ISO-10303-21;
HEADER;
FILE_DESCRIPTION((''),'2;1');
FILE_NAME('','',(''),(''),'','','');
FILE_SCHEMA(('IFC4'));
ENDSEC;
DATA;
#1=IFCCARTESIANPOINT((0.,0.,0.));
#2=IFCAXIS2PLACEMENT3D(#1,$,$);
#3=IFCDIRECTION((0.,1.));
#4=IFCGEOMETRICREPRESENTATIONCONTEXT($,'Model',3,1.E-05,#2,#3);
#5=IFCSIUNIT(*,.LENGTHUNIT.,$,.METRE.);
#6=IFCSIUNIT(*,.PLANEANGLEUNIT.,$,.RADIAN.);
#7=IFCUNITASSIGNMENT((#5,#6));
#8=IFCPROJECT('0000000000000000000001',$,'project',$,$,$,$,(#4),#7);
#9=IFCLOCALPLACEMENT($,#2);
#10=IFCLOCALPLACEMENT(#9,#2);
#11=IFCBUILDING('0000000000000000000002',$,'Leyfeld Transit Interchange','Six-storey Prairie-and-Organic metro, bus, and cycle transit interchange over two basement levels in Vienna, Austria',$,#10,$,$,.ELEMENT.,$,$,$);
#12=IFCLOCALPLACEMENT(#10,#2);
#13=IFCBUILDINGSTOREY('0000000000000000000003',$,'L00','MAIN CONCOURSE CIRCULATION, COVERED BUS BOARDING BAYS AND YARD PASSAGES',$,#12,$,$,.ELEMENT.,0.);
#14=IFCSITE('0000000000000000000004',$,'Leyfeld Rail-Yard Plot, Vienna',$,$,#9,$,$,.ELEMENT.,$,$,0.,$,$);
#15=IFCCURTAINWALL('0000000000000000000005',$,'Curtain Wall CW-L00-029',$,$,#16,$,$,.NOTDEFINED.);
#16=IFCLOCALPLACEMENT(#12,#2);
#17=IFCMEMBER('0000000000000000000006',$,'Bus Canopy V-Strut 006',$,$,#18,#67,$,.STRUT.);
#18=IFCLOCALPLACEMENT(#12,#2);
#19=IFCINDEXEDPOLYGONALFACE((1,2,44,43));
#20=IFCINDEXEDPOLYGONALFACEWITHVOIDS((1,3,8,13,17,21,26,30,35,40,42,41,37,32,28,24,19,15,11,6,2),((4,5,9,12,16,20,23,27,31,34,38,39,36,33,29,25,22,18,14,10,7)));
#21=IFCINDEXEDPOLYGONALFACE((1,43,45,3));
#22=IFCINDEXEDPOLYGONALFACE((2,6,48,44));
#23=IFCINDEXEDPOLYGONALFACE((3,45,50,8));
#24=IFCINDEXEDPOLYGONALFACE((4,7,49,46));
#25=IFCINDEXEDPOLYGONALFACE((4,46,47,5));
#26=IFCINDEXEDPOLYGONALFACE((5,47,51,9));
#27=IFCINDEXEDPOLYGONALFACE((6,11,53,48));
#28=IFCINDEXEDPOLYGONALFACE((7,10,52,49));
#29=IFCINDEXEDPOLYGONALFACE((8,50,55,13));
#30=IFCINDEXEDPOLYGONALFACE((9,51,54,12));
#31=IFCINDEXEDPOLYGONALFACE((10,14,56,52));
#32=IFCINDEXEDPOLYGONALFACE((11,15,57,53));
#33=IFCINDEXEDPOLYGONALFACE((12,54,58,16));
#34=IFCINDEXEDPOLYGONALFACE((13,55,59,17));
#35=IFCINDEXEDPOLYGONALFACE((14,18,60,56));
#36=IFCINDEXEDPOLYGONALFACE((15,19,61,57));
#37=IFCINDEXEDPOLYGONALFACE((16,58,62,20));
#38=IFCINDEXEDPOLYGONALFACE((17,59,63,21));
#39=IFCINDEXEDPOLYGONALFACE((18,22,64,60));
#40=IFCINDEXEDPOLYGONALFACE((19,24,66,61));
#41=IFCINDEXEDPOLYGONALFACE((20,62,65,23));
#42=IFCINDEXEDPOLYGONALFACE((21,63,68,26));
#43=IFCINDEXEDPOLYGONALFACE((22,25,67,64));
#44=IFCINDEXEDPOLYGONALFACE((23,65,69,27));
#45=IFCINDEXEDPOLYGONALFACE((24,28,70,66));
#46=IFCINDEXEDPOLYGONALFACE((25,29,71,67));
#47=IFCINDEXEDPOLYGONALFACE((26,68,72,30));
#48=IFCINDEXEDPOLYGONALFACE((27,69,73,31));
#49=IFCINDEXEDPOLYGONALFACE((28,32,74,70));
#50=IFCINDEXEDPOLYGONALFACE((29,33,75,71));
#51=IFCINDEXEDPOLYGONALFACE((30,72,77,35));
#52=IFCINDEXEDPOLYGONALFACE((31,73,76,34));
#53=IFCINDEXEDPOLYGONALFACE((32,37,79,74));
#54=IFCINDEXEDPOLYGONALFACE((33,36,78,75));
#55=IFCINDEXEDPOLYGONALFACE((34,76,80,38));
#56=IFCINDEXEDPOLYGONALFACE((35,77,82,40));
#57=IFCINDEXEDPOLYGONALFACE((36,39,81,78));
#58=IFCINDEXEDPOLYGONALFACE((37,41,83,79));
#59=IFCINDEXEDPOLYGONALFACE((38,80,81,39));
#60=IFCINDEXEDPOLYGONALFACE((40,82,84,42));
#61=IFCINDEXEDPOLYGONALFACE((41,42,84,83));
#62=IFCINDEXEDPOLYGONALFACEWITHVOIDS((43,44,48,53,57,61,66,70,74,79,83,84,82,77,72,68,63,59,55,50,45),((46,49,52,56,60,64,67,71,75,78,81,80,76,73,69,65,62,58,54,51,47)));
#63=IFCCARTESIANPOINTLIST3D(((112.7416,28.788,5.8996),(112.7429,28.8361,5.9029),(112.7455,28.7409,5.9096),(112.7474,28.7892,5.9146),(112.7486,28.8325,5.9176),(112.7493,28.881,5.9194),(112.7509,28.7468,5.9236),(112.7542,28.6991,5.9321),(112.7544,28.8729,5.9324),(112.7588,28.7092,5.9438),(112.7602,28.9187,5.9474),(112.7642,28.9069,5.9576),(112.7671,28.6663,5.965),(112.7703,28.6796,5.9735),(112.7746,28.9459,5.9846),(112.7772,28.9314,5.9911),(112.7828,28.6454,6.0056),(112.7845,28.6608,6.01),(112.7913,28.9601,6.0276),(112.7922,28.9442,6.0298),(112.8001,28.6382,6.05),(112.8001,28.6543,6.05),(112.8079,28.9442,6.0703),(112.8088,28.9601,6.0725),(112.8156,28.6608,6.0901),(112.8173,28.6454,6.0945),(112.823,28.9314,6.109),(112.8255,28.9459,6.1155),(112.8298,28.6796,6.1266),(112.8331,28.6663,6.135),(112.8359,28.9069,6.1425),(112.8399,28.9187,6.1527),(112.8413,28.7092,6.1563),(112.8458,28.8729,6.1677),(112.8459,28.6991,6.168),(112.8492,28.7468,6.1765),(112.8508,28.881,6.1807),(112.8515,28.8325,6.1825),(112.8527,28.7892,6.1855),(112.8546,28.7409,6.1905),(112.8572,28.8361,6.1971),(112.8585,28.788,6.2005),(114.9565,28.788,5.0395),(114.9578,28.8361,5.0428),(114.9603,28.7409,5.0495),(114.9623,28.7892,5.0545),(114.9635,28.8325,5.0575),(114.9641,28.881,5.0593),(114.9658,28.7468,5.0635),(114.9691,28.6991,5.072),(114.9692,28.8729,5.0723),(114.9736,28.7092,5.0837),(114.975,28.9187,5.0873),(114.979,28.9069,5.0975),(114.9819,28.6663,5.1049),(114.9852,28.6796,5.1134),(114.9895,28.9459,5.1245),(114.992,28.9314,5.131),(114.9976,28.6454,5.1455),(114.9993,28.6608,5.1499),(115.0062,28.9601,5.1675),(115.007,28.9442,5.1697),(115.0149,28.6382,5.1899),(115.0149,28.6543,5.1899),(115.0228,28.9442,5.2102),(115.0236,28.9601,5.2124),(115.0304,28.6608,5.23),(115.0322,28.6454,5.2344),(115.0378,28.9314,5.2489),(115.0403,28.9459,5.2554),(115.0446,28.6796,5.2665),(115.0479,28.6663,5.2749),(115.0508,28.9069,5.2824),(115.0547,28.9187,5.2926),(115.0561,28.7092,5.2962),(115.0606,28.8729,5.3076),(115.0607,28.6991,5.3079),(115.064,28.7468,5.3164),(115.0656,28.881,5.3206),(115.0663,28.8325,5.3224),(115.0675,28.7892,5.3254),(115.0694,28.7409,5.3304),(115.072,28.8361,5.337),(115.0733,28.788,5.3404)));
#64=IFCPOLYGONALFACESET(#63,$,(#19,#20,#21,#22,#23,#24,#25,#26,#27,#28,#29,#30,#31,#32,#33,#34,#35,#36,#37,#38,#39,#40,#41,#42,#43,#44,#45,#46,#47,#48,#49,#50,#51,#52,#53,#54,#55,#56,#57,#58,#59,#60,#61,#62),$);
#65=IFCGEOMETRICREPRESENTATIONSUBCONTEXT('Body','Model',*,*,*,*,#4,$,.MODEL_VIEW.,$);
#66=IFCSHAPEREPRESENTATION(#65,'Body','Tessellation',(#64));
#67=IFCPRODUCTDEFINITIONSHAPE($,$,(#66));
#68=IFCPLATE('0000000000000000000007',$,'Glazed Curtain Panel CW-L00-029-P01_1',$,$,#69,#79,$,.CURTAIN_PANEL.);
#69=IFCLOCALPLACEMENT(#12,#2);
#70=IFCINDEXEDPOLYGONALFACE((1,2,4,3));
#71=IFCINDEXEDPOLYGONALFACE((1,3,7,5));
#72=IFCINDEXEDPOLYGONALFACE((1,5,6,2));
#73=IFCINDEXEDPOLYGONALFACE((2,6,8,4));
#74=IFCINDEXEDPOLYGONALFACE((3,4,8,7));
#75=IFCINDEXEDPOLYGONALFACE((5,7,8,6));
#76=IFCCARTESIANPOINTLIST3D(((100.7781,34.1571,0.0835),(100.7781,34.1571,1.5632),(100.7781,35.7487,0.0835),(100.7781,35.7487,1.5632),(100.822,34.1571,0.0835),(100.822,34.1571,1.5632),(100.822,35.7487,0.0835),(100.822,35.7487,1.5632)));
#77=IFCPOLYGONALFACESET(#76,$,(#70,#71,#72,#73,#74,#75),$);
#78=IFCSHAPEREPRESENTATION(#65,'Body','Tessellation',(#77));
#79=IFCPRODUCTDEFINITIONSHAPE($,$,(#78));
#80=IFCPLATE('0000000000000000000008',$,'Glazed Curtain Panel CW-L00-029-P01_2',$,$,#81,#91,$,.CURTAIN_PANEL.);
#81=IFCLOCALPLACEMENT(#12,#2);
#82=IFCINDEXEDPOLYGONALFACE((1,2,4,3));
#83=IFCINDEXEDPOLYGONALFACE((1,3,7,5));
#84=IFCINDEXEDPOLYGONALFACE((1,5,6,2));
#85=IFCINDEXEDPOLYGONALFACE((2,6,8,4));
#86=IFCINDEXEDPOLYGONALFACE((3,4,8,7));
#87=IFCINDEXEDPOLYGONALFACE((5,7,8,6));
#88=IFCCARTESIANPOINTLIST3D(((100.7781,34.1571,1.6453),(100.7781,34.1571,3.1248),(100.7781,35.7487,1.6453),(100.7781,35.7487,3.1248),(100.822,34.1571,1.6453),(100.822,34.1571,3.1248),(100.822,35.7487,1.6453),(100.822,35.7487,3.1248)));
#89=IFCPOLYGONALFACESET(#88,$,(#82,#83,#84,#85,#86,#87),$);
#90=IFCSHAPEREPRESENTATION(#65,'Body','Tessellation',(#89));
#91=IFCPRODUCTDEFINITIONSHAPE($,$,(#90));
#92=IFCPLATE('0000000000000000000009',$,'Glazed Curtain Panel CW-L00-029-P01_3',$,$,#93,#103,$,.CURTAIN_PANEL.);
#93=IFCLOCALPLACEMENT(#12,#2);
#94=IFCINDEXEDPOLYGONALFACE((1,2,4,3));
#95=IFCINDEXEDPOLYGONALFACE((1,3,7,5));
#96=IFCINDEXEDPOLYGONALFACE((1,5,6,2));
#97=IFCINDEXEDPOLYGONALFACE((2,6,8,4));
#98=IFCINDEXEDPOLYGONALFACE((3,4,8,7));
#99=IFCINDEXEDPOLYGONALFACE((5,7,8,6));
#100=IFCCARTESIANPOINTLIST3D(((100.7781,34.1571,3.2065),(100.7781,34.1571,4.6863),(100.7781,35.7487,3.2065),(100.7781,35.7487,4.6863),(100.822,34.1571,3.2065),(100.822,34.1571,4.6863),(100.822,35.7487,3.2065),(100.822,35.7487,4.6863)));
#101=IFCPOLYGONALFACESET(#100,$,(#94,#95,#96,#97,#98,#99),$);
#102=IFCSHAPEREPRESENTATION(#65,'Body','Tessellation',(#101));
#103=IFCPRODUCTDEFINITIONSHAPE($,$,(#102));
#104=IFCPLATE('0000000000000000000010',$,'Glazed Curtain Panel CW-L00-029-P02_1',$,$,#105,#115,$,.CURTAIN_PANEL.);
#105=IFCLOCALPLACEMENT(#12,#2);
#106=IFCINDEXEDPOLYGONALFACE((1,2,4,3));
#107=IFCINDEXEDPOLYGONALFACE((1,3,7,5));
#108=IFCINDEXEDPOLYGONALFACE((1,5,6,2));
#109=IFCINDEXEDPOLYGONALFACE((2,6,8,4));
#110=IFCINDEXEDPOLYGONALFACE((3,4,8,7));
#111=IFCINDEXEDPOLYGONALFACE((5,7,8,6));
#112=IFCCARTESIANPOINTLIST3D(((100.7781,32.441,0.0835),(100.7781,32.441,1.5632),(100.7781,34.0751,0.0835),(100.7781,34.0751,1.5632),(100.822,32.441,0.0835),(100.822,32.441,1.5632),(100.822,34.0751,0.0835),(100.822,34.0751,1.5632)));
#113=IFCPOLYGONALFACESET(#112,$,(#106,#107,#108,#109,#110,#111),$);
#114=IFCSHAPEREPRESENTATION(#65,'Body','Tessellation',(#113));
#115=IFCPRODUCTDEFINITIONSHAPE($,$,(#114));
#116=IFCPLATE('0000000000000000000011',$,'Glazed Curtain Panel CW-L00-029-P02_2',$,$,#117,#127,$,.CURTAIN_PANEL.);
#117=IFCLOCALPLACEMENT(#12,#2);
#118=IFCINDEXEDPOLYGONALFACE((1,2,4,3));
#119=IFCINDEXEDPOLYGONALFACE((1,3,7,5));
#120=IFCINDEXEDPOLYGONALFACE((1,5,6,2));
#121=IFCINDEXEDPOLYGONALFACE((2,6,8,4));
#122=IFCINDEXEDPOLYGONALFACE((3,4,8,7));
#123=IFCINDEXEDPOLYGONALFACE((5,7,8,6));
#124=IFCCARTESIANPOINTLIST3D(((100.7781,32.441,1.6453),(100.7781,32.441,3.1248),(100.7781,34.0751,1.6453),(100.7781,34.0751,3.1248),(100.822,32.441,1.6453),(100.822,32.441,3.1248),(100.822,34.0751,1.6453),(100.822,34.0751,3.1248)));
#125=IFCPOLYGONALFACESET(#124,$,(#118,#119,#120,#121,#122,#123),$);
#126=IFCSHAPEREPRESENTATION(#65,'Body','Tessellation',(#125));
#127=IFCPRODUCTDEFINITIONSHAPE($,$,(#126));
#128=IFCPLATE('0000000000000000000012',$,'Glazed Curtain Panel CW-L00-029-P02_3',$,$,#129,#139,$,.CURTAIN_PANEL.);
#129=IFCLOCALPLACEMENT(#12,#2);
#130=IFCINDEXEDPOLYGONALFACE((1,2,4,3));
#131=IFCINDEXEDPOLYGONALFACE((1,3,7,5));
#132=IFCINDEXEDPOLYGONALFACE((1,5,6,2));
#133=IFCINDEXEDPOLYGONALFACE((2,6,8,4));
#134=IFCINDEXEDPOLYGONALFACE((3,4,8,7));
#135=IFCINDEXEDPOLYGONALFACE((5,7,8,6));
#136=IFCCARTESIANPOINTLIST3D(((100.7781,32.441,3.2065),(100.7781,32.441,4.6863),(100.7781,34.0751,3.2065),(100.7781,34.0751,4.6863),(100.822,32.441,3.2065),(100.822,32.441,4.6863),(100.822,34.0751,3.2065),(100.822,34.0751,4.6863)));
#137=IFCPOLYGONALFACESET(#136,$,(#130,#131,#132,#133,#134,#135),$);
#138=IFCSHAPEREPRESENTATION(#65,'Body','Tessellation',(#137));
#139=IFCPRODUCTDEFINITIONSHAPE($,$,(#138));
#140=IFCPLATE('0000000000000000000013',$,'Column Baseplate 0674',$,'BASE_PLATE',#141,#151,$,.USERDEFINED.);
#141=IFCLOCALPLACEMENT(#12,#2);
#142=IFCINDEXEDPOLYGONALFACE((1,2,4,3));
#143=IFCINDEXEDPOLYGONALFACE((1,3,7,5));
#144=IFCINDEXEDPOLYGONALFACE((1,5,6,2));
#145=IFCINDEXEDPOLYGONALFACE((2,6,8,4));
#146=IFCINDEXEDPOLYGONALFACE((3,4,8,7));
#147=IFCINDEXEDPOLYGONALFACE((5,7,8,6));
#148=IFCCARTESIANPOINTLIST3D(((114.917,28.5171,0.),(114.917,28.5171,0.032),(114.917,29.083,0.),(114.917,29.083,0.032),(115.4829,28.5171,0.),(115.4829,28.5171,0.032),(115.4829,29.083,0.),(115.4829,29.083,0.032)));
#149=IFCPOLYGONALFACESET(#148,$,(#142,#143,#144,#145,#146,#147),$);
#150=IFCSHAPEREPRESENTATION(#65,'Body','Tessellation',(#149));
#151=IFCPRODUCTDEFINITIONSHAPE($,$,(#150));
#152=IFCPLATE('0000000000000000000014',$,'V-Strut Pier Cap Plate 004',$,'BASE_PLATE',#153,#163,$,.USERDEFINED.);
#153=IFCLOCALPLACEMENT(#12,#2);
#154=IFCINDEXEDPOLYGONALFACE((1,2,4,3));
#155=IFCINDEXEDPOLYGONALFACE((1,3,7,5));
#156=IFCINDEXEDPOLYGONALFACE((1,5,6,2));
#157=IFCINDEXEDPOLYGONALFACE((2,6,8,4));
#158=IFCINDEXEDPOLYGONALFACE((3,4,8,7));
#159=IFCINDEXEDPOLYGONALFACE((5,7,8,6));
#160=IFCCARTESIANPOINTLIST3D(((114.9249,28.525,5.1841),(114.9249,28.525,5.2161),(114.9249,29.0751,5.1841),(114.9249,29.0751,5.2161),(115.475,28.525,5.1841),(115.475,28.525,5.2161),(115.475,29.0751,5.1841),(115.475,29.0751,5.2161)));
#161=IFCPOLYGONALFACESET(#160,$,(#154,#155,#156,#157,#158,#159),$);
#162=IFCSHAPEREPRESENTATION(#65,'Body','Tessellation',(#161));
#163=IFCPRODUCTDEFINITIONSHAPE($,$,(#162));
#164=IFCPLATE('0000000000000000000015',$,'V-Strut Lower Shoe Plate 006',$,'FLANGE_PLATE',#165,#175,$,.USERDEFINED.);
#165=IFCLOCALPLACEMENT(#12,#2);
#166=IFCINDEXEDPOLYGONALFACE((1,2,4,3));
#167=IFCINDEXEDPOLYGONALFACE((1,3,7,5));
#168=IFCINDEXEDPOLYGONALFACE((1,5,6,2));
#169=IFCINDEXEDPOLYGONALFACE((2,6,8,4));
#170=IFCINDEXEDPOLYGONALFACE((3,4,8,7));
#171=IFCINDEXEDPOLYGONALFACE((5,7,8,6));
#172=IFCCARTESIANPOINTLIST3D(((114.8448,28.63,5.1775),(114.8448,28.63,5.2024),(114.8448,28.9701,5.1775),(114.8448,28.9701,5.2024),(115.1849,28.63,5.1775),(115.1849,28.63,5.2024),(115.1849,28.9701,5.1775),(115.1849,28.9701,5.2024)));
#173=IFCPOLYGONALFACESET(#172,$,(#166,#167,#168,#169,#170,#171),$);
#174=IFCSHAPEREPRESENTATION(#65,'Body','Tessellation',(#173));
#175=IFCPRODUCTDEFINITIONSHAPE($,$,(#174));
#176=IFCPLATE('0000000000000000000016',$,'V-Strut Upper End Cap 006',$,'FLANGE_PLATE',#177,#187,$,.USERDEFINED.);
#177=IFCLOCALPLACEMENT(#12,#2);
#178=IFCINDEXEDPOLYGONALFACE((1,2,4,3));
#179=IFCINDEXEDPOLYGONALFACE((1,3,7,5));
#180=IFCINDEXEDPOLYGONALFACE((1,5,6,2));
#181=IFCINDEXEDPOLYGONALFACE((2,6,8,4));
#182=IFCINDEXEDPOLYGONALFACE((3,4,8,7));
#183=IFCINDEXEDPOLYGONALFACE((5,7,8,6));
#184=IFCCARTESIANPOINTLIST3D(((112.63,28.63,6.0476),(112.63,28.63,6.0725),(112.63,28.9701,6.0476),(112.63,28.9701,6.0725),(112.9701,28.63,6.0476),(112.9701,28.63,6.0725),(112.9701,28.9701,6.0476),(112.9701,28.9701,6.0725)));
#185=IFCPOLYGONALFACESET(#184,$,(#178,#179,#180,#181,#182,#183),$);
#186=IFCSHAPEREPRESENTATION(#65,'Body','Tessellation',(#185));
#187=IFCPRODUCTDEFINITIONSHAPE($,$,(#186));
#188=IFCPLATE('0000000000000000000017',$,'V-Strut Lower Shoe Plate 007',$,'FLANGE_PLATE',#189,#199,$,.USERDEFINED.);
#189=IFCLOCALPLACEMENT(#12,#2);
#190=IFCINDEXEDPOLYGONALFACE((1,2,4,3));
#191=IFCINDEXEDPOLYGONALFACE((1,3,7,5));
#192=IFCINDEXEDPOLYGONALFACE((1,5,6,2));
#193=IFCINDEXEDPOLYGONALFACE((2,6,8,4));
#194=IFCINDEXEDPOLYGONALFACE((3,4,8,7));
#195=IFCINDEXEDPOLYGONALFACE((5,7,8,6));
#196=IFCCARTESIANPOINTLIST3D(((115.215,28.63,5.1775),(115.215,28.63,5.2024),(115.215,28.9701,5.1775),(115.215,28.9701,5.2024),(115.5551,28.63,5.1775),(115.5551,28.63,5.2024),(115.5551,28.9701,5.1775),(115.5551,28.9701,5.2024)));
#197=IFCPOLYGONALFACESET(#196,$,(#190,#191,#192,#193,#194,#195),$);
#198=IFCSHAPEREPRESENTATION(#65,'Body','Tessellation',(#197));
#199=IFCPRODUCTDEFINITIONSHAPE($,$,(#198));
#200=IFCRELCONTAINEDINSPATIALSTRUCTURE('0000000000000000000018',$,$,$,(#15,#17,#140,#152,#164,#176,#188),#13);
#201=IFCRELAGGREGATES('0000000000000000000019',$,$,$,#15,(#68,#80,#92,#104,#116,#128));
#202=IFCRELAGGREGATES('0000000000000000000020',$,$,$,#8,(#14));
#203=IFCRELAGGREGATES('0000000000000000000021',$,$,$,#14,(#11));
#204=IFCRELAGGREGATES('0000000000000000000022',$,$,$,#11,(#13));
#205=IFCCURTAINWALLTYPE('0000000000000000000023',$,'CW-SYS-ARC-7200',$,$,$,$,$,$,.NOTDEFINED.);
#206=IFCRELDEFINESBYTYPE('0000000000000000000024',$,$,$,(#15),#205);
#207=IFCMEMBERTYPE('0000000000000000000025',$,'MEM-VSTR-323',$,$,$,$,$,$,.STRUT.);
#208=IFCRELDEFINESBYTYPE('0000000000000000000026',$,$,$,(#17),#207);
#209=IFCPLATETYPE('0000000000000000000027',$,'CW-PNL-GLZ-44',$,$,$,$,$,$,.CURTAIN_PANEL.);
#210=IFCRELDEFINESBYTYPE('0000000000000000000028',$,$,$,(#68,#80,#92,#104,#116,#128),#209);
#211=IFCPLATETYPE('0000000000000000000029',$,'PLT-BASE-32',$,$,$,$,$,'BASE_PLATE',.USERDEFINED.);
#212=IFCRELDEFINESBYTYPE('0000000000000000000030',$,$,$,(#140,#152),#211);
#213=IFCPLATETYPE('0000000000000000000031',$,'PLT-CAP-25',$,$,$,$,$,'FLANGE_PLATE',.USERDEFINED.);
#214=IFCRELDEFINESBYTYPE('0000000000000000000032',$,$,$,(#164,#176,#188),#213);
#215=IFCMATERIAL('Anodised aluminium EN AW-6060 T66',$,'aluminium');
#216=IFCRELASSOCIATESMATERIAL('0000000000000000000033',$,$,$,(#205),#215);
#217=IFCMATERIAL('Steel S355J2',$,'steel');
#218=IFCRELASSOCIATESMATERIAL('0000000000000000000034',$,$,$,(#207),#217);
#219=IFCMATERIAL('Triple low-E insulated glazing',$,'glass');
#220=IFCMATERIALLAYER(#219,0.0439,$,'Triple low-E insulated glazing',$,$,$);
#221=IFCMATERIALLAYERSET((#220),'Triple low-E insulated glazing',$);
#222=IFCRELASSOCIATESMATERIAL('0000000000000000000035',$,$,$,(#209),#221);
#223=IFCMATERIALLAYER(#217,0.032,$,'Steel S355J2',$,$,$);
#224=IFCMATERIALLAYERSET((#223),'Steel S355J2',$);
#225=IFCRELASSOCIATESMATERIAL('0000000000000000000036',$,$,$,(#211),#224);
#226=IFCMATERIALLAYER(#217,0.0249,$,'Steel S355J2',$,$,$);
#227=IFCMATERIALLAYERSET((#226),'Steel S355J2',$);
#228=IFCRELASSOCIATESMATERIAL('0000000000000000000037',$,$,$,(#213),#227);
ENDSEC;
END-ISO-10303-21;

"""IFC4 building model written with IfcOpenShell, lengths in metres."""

from ifc_helpers import new_model, si_unit, direction, frame, origin, origin_2d, place, context, subcontext, project, spatial, rectangle, hollow_circle, extrude, material, layer, layer_set, material_profile, profile_set, type_object, element, aggregate, save


model = new_model("IFC4")

# Units and contexts
model_context = context("Model", 3, precision=1e-05, world=origin(), true_north=direction((0.0, 1.0)))
body_context = subcontext(model_context, "Body", "Model", "MODEL_VIEW")
ifc_project = project(units=[si_unit("LENGTHUNIT", "METRE"), si_unit("PLANEANGLEUNIT", "RADIAN")], contexts=[model_context])

# Site, building, storey
site_placement = place(None, origin())
site = spatial("IfcSite", under=ifc_project, at=site_placement, Name="Leyfeld Rail-Yard Plot, Vienna", CompositionType="ELEMENT", RefElevation=0.0)
building_placement = place(site_placement, origin())
building = spatial("IfcBuilding", under=site, at=building_placement, Name="Leyfeld Transit Interchange", Description="Six-storey Prairie-and-Organic metro, bus, and cycle transit interchange over two basement levels in Vienna, Austria", CompositionType="ELEMENT")
storey_placement = place(building_placement, origin())
storey = spatial("IfcBuildingStorey", under=building, at=storey_placement, Name="L00", Description="MAIN CONCOURSE CIRCULATION, COVERED BUS BOARDING BAYS AND YARD PASSAGES", CompositionType="ELEMENT", Elevation=0.0)

# Shared definitions
ifc_material_1 = material(Name="Steel S355J2", Category="steel")

# Curtain wall
ifc_material_2 = material(Name="Anodised aluminium EN AW-6060 T66", Category="aluminium")
curtain_wall_type = type_object("IfcCurtainWallType", Name="CW-SYS-ARC-7200", PredefinedType="NOTDEFINED", material=ifc_material_2)
curtain_wall_placement = place(storey_placement, origin())
curtain_wall = element("IfcCurtainWall", 1, at=curtain_wall_placement, inside=storey, type_object=curtain_wall_type, Name="Curtain Wall CW-L00-029", PredefinedType="NOTDEFINED")

# Member
ifc_material_profile_1 = material_profile(ifc_material_1, hollow_circle(Radius=0.1619, WallThickness=0.0161, at=origin_2d()), Name="CHS 323.9x16")
ifc_profile_set_1 = profile_set([ifc_material_profile_1], Name="Steel S355J2")
member_type_1 = type_object("IfcMemberType", Name="MEM-VSTR-323", PredefinedType="STRUT", material=ifc_profile_set_1)
member_1_placement = place(storey_placement, frame((115.0149, 28.8, 5.1899), z_axis=(-0.932178, 0.0, 0.362), x_axis=(0.0, -1.0, 0.0)))
element("IfcMember", 2, at=member_1_placement, inside=storey, type_object=member_type_1, Name="Bus Canopy V-Strut 006", PredefinedType="STRUT", context=body_context, shape_type="SweptSolid", body=[
    extrude(hollow_circle(Radius=0.1619, WallThickness=0.0161, at=origin_2d()), origin(), (0.0, 0.0, 1.0), 2.376),
])

# Plates
ifc_material_3 = material(Name="Triple low-E insulated glazing", Category="glass")
ifc_layer_1 = layer(ifc_material_3, 0.0439, Name="Triple low-E insulated glazing")
ifc_layer_set_1 = layer_set([ifc_layer_1], Name="Triple low-E insulated glazing")
plate_type_1 = type_object("IfcPlateType", Name="CW-PNL-GLZ-44", PredefinedType="CURTAIN_PANEL", material=ifc_layer_set_1)
plate_1_placement = place(storey_placement, frame((100.8, 34.9529, 0.0835), z_axis=(0.0, 0.0, 1.0), x_axis=(0.0, -1.0, 0.0)))
plate_1 = element("IfcPlate", 3, at=plate_1_placement, type_object=plate_type_1, Name="Glazed Curtain Panel CW-L00-029-P01_1", PredefinedType="CURTAIN_PANEL", context=body_context, shape_type="SweptSolid", body=[
    extrude(rectangle(XDim=1.5916, YDim=0.0439, at=origin_2d()), origin(), (0.0, 0.0, 1.0), 1.4797),
])
plate_2_placement = place(storey_placement, frame((100.8, 34.9529, 1.6453), z_axis=(0.0, 0.0, 1.0), x_axis=(0.0, -1.0, 0.0)))
plate_2 = element("IfcPlate", 4, at=plate_2_placement, type_object=plate_type_1, Name="Glazed Curtain Panel CW-L00-029-P01_2", PredefinedType="CURTAIN_PANEL", context=body_context, shape_type="SweptSolid", body=[
    extrude(rectangle(XDim=1.5916, YDim=0.0439, at=origin_2d()), origin(), (0.0, 0.0, 1.0), 1.4795),
])
plate_3_placement = place(storey_placement, frame((100.8, 34.9529, 3.2065), z_axis=(0.0, 0.0, 1.0), x_axis=(0.0, -1.0, 0.0)))
plate_3 = element("IfcPlate", 5, at=plate_3_placement, type_object=plate_type_1, Name="Glazed Curtain Panel CW-L00-029-P01_3", PredefinedType="CURTAIN_PANEL", context=body_context, shape_type="SweptSolid", body=[
    extrude(rectangle(XDim=1.5916, YDim=0.0439, at=origin_2d()), origin(), (0.0, 0.0, 1.0), 1.4797),
])
plate_4_placement = place(storey_placement, frame((100.8, 33.2581, 0.0835), z_axis=(0.0, 0.0, 1.0), x_axis=(0.0, -1.0, 0.0)))
plate_4 = element("IfcPlate", 6, at=plate_4_placement, type_object=plate_type_1, Name="Glazed Curtain Panel CW-L00-029-P02_1", PredefinedType="CURTAIN_PANEL", context=body_context, shape_type="SweptSolid", body=[
    extrude(rectangle(XDim=1.634, YDim=0.0439, at=origin_2d()), origin(), (0.0, 0.0, 1.0), 1.4797),
])
plate_5_placement = place(storey_placement, frame((100.8, 33.2581, 1.6453), z_axis=(0.0, 0.0, 1.0), x_axis=(0.0, -1.0, 0.0)))
plate_5 = element("IfcPlate", 7, at=plate_5_placement, type_object=plate_type_1, Name="Glazed Curtain Panel CW-L00-029-P02_2", PredefinedType="CURTAIN_PANEL", context=body_context, shape_type="SweptSolid", body=[
    extrude(rectangle(XDim=1.634, YDim=0.0439, at=origin_2d()), origin(), (0.0, 0.0, 1.0), 1.4795),
])
plate_6_placement = place(storey_placement, frame((100.8, 33.2581, 3.2065), z_axis=(0.0, 0.0, 1.0), x_axis=(0.0, -1.0, 0.0)))
plate_6 = element("IfcPlate", 8, at=plate_6_placement, type_object=plate_type_1, Name="Glazed Curtain Panel CW-L00-029-P02_3", PredefinedType="CURTAIN_PANEL", context=body_context, shape_type="SweptSolid", body=[
    extrude(rectangle(XDim=1.634, YDim=0.0439, at=origin_2d()), origin(), (0.0, 0.0, 1.0), 1.4797),
])
aggregate(curtain_wall, [plate_1, plate_2, plate_3, plate_4, plate_5, plate_6])

# Plates
ifc_layer_2 = layer(ifc_material_1, 0.032, Name="Steel S355J2")
ifc_layer_set_2 = layer_set([ifc_layer_2], Name="Steel S355J2")
plate_type_2 = type_object("IfcPlateType", Name="PLT-BASE-32", ElementType="BASE_PLATE", PredefinedType="USERDEFINED", material=ifc_layer_set_2)
plate_7_placement = place(storey_placement, frame((115.2, 28.8, 0.0), z_axis=(0.0, 0.0, 1.0), x_axis=(1.0, 0.0, 0.0)))
element("IfcPlate", 9, at=plate_7_placement, inside=storey, type_object=plate_type_2, Name="Column Baseplate 0674", ObjectType="BASE_PLATE", PredefinedType="USERDEFINED", context=body_context, shape_type="SweptSolid", body=[
    extrude(rectangle(XDim=0.5659, YDim=0.5659, at=origin_2d()), origin(), (0.0, 0.0, 1.0), 0.032),
])
plate_8_placement = place(storey_placement, frame((115.2, 28.8, 5.1841), z_axis=(0.0, 0.0, 1.0), x_axis=(1.0, 0.0, 0.0)))
element("IfcPlate", 10, at=plate_8_placement, inside=storey, type_object=plate_type_2, Name="V-Strut Pier Cap Plate 004", ObjectType="BASE_PLATE", PredefinedType="USERDEFINED", context=body_context, shape_type="SweptSolid", body=[
    extrude(rectangle(XDim=0.55, YDim=0.55, at=origin_2d()), origin(), (0.0, 0.0, 1.0), 0.032),
])
ifc_layer_3 = layer(ifc_material_1, 0.0249, Name="Steel S355J2")
ifc_layer_set_3 = layer_set([ifc_layer_3], Name="Steel S355J2")
plate_type_3 = type_object("IfcPlateType", Name="PLT-CAP-25", ElementType="FLANGE_PLATE", PredefinedType="USERDEFINED", material=ifc_layer_set_3)
for number, where, z_axis, x_axis, name in (
    (11, (115.0149, 28.8, 5.1775), (0.0, 0.0, 1.0), (1.0, 0.0, 0.0), "V-Strut Lower Shoe Plate 006"),
    (12, (112.8, 28.8, 6.0476), (0.0, 0.0, 1.0), (1.0, 0.0, 0.0), "V-Strut Upper End Cap 006"),
    (13, (115.385, 28.8, 5.1775), (0.0, 0.0, 1.0), (1.0, 0.0, 0.0), "V-Strut Lower Shoe Plate 007"),
):
    element("IfcPlate", number, at=place(storey_placement, frame(where, z_axis=z_axis, x_axis=x_axis)), inside=storey, type_object=plate_type_3, Name=name, ObjectType="FLANGE_PLATE", PredefinedType="USERDEFINED", context=body_context, shape_type="SweptSolid", body=[
        extrude(rectangle(XDim=0.3401, YDim=0.3401, at=origin_2d()), origin(), (0.0, 0.0, 1.0), 0.0249),
    ])

save(model, "model.ifc")
